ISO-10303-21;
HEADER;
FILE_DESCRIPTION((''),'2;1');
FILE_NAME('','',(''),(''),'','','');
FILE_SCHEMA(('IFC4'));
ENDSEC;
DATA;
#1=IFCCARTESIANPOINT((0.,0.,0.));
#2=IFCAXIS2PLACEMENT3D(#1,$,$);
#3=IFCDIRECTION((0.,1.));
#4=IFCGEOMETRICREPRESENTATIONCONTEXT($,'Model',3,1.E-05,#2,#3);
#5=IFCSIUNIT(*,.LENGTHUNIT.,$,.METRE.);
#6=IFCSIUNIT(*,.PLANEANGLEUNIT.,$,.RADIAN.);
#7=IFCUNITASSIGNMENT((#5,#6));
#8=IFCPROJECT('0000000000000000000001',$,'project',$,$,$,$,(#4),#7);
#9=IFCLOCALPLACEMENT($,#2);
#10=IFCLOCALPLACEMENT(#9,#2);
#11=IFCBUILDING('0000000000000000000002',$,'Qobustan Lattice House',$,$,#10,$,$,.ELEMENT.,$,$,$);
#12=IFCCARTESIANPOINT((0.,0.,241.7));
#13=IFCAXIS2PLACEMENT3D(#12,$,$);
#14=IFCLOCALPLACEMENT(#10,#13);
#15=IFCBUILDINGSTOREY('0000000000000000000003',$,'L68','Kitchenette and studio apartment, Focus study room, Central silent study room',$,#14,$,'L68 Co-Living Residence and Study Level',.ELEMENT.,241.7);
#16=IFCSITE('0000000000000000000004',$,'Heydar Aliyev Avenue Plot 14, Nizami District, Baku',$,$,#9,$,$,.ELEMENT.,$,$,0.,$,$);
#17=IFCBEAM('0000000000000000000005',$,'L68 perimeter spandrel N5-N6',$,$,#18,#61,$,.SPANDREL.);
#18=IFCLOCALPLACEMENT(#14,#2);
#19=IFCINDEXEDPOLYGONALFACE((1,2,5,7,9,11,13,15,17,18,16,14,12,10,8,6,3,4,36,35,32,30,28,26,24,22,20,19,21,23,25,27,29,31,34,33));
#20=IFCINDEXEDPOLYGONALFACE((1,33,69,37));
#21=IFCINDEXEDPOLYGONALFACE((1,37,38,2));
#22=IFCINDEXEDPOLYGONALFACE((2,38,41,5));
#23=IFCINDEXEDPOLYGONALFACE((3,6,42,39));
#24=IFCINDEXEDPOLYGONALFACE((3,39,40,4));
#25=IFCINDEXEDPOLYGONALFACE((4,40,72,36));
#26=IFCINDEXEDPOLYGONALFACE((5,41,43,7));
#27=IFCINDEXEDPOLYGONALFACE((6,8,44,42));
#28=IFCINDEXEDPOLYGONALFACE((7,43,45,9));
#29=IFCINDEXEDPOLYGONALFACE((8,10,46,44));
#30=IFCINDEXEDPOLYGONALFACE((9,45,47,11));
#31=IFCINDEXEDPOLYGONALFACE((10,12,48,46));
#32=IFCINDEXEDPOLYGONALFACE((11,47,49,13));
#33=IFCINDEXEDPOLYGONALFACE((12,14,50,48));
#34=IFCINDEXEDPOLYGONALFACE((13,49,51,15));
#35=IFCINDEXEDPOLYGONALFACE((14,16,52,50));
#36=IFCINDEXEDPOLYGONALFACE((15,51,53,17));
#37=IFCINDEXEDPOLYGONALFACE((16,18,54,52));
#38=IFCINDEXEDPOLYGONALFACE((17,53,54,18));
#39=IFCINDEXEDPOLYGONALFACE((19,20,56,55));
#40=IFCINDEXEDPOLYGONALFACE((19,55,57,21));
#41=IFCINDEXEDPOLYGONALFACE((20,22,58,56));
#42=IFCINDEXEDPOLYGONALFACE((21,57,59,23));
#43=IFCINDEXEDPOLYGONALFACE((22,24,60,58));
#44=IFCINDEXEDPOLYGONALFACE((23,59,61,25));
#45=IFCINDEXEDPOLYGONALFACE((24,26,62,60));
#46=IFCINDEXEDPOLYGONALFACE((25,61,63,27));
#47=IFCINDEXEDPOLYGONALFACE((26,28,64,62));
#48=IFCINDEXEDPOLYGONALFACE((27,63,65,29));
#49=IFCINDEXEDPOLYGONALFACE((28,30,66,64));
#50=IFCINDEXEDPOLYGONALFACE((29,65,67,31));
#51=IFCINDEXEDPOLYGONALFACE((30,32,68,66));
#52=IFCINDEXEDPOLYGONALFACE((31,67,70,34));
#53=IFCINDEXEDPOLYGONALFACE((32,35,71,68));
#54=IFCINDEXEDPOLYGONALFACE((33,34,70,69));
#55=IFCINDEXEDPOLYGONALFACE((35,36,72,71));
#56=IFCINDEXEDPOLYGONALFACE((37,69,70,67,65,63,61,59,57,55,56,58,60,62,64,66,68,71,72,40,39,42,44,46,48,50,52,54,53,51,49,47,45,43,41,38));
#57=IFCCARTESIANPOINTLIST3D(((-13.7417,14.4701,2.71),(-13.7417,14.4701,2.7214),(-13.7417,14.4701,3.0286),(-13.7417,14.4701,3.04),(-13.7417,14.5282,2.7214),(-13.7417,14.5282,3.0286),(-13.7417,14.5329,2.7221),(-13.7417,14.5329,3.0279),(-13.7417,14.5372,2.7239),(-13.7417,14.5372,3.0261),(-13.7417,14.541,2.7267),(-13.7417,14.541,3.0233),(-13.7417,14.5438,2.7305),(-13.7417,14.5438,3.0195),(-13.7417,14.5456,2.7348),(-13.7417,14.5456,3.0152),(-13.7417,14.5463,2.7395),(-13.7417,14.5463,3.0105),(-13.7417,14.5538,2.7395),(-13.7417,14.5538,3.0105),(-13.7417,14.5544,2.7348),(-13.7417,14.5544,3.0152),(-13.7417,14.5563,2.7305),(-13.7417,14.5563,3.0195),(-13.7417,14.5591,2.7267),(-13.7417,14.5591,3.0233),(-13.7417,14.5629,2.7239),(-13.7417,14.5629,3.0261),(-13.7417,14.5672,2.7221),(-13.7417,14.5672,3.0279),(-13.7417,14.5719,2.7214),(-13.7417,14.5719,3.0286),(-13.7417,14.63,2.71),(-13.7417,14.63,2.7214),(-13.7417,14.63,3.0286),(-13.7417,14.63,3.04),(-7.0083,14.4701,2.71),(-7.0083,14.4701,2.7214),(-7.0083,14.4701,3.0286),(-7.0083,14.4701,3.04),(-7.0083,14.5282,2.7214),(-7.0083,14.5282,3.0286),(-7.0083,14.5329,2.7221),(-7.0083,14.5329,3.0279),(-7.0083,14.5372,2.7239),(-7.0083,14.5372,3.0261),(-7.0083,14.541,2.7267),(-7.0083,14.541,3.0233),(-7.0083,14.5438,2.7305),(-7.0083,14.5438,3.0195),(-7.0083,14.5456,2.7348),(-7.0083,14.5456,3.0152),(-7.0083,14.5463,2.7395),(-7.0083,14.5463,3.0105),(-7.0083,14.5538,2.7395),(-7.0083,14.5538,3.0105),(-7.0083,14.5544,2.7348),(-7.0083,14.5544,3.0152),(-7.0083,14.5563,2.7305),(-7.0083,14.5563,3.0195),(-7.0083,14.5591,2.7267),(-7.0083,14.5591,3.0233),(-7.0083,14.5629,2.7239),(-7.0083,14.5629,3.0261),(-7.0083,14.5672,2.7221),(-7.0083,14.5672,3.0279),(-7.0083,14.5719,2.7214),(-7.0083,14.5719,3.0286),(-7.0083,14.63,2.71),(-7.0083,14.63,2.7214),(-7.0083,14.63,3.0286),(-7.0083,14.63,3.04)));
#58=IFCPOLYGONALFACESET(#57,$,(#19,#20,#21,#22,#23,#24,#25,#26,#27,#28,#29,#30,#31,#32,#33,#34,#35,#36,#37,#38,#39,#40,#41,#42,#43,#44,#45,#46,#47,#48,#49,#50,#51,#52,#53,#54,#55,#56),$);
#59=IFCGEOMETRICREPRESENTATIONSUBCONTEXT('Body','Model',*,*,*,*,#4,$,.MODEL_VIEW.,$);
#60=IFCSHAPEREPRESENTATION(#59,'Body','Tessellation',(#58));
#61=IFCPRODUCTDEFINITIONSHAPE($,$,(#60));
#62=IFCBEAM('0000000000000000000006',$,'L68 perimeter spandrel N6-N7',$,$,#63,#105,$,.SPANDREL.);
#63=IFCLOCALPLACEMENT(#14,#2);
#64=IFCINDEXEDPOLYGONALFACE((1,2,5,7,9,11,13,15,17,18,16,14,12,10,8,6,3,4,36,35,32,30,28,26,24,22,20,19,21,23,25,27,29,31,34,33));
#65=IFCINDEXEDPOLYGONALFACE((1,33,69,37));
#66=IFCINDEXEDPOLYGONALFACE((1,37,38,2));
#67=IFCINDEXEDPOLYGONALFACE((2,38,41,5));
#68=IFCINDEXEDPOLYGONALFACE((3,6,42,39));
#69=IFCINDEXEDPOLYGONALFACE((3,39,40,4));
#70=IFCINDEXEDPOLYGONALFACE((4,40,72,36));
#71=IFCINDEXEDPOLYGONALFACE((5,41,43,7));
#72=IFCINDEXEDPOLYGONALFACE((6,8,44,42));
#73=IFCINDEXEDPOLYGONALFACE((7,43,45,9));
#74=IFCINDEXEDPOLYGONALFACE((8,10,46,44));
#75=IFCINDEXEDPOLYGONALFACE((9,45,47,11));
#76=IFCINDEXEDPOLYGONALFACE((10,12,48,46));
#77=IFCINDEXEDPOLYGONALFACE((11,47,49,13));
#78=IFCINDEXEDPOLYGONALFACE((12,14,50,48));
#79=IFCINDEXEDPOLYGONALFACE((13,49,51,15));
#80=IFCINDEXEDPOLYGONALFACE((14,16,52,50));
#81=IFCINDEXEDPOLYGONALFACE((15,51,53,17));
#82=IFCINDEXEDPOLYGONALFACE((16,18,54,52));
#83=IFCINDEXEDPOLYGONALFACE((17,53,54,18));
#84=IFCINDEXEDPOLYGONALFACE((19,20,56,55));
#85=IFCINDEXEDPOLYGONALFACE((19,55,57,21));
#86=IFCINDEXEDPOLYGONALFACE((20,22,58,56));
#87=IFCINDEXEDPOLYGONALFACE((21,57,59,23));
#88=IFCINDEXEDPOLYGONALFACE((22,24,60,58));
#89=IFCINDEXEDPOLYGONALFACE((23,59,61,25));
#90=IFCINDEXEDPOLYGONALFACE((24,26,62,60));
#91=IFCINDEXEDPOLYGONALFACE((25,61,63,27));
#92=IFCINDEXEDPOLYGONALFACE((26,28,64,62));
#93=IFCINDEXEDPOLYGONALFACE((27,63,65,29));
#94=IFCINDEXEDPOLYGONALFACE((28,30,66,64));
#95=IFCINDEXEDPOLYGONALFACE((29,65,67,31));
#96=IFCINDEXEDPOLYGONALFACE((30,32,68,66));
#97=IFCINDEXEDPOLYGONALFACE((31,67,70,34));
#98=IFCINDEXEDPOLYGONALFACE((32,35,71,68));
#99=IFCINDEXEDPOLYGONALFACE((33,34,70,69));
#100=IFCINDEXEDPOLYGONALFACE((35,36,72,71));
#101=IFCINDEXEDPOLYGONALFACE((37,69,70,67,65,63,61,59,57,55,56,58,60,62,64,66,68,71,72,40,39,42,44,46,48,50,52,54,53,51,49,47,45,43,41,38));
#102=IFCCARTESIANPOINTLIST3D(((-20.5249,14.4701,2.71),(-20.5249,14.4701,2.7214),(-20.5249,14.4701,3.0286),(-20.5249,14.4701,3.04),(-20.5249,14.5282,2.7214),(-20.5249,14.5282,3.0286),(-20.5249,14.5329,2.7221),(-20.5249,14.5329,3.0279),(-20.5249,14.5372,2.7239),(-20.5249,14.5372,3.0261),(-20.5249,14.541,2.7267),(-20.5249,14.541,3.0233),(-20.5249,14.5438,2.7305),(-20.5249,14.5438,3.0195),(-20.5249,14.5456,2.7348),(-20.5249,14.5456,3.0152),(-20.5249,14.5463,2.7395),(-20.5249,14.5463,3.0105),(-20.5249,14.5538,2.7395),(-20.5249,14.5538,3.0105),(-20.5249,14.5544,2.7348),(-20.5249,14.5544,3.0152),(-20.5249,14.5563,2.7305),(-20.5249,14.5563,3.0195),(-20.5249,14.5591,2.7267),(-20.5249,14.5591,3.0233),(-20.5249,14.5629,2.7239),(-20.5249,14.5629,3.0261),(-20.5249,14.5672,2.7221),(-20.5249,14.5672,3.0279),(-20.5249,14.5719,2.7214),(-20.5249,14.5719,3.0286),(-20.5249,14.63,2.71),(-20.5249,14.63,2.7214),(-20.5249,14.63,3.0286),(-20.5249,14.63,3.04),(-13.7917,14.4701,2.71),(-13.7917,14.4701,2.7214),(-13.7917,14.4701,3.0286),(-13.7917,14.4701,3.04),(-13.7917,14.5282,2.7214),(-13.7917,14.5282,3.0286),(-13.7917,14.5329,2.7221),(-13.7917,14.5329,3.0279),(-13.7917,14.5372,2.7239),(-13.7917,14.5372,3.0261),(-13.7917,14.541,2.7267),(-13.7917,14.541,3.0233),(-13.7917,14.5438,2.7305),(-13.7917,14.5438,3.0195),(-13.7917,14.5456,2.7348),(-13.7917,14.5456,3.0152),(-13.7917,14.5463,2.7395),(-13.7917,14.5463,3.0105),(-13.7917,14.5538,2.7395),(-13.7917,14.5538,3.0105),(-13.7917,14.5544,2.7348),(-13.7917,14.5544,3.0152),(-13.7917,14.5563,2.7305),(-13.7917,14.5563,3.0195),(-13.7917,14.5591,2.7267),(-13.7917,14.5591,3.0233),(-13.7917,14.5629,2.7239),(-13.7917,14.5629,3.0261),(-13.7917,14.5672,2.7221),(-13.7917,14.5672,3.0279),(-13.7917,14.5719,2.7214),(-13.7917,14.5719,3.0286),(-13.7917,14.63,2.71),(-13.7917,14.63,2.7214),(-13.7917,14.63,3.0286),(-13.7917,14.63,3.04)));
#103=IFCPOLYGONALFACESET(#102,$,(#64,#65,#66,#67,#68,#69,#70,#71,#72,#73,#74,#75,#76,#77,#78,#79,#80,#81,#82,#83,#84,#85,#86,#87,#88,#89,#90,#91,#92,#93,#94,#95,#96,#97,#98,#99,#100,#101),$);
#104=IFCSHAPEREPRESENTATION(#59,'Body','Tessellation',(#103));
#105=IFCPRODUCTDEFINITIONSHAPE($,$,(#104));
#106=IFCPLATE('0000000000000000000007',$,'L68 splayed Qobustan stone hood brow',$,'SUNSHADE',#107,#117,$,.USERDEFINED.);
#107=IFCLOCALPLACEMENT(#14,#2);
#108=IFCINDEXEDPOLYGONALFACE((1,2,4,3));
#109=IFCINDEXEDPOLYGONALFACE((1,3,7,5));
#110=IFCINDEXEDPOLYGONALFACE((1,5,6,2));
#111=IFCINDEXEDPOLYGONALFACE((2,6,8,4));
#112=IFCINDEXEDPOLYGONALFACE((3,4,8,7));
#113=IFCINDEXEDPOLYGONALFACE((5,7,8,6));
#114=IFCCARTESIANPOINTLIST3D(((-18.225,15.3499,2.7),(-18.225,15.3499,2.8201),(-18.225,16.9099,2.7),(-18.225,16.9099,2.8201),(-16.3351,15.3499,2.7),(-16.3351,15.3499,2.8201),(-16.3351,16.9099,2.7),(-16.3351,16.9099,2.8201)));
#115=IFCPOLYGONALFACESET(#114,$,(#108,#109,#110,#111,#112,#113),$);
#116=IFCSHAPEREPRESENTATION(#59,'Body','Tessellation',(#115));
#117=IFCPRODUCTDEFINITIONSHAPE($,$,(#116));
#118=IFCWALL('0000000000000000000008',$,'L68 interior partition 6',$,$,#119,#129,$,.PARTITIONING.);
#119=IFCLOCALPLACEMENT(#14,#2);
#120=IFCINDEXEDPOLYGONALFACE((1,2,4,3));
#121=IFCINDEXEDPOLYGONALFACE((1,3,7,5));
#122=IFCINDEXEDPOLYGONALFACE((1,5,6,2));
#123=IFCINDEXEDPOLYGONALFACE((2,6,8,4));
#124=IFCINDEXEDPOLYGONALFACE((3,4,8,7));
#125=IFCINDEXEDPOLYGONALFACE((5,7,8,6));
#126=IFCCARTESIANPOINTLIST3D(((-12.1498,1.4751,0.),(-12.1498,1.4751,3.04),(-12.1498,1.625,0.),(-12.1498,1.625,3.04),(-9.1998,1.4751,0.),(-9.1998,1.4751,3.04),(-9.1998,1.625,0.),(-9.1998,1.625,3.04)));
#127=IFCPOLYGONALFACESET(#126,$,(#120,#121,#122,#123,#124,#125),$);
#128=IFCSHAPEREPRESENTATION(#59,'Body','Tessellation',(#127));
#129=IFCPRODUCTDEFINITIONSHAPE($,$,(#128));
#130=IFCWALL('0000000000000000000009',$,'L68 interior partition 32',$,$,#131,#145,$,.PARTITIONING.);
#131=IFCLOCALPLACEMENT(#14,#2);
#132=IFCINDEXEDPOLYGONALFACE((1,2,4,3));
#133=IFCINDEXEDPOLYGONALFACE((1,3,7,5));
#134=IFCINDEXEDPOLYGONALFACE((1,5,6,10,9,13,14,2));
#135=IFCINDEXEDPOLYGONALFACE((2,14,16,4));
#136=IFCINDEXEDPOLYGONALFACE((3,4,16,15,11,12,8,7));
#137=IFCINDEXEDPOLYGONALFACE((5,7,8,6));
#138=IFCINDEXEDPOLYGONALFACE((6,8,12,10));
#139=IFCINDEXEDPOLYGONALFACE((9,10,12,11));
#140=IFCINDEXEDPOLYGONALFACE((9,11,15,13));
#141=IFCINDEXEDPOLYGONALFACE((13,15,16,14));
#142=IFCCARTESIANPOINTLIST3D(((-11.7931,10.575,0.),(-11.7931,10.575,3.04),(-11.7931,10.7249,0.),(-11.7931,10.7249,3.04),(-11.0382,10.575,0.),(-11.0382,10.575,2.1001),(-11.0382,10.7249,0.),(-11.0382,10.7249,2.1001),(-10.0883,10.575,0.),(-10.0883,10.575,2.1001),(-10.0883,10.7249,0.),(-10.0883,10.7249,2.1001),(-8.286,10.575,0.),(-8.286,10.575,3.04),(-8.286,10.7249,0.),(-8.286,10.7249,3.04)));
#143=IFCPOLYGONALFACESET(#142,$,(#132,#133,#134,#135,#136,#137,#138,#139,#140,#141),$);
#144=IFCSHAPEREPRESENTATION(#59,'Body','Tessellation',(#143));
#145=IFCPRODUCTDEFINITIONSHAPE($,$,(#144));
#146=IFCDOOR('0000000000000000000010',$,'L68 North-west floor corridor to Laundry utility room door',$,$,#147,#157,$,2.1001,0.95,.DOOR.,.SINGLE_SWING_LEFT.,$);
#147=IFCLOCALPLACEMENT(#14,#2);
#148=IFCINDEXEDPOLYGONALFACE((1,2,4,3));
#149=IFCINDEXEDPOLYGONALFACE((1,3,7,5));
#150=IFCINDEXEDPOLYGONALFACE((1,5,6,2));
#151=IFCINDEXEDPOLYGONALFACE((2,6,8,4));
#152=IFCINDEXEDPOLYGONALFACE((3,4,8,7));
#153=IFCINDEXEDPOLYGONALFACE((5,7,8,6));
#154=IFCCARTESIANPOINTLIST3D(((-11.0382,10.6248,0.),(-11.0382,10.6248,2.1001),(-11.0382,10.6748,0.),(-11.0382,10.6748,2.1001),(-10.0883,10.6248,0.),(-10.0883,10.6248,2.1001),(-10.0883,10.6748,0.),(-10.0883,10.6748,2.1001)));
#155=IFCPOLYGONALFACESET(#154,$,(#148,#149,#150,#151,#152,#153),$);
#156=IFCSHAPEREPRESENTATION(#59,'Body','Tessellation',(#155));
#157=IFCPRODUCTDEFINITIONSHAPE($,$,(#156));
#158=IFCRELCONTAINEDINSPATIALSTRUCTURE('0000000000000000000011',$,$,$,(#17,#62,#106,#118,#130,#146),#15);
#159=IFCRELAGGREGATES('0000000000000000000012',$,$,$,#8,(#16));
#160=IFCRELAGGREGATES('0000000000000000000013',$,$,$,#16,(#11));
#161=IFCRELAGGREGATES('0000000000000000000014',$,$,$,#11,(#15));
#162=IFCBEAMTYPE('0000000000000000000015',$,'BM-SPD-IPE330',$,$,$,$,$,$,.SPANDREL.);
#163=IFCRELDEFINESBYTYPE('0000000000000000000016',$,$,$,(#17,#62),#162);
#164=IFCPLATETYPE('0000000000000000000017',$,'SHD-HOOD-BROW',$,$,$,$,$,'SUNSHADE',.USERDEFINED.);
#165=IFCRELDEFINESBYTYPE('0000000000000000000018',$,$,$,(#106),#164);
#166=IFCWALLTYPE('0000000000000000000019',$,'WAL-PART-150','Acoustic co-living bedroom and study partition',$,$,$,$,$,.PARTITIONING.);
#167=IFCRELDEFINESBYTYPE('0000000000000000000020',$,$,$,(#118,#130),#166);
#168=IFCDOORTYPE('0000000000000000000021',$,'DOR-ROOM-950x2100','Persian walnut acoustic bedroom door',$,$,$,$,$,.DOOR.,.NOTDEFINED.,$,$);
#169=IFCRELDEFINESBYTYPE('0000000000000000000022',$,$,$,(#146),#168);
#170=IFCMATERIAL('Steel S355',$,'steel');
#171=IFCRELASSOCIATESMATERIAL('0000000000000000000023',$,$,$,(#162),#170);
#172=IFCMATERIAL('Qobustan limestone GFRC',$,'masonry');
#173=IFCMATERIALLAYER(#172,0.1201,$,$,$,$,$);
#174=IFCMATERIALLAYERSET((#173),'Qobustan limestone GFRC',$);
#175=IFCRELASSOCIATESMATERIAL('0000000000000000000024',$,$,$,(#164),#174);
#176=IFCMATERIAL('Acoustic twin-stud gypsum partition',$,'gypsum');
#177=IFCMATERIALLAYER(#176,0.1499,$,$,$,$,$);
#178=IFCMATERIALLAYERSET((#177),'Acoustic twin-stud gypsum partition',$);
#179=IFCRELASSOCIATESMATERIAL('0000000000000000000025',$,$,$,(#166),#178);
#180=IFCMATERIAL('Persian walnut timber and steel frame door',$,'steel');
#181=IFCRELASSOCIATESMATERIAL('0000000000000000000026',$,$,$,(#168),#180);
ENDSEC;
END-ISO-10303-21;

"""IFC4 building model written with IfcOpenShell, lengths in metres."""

from ifc_helpers import new_model, si_unit, direction, frame, frame_2d, origin, origin_2d, place, context, subcontext, project, spatial, rectangle, i_section, extrude, material, layer, layer_set, material_profile, profile_set, type_object, element, fill, save


model = new_model("IFC4")

# Units and contexts
model_context = context("Model", 3, precision=1e-05, world=origin(), true_north=direction((0.0, 1.0)))
body_context = subcontext(model_context, "Body", "Model", "MODEL_VIEW")
ifc_project = project(units=[si_unit("LENGTHUNIT", "METRE"), si_unit("PLANEANGLEUNIT", "RADIAN")], contexts=[model_context])

# Site, building, storey
site_placement = place(None, origin())
site = spatial("IfcSite", under=ifc_project, at=site_placement, Name="Heydar Aliyev Avenue Plot 14, Nizami District, Baku", CompositionType="ELEMENT", RefElevation=0.0)
building_placement = place(site_placement, origin())
building = spatial("IfcBuilding", under=site, at=building_placement, Name="Qobustan Lattice House", CompositionType="ELEMENT")
storey_placement = place(building_placement, frame((0.0, 0.0, 241.7)))
storey = spatial("IfcBuildingStorey", under=building, at=storey_placement, Name="L68", Description="Kitchenette and studio apartment, Focus study room, Central silent study room", LongName="L68 Co-Living Residence and Study Level", CompositionType="ELEMENT", Elevation=241.7)

# Beams
ifc_material_1 = material(Name="Steel S355", Category="steel")
ifc_material_profile_1 = material_profile(ifc_material_1, i_section(OverallWidth=0.1599, OverallDepth=0.3301, WebThickness=0.0076, FlangeThickness=0.0115, FilletRadius=0.0181, at=origin_2d()), Name="IPE330")
ifc_profile_set_1 = profile_set([ifc_material_profile_1], Name="Steel S355")
beam_type_1 = type_object("IfcBeamType", Name="BM-SPD-IPE330", PredefinedType="SPANDREL", material=ifc_profile_set_1)
beam_1_placement = place(storey_placement, frame((-7.0083, 14.55, 2.875), z_axis=(-1.0, 0.0, 0.0), x_axis=(0.0, -1.0, 0.0)))
element("IfcBeam", 1, at=beam_1_placement, inside=storey, type_object=beam_type_1, Name="L68 perimeter spandrel N5-N6", PredefinedType="SPANDREL", context=body_context, shape_type="SweptSolid", body=[
    extrude(i_section(OverallWidth=0.1599, OverallDepth=0.3301, WebThickness=0.0076, FlangeThickness=0.0115, FilletRadius=0.0181, at=origin_2d()), origin(), (0.0, 0.0, 1.0), 6.7334),
])
beam_2_placement = place(storey_placement, frame((-13.7917, 14.55, 2.875), z_axis=(-1.0, 0.0, 0.0), x_axis=(0.0, -1.0, 0.0)))
element("IfcBeam", 2, at=beam_2_placement, inside=storey, type_object=beam_type_1, Name="L68 perimeter spandrel N6-N7", PredefinedType="SPANDREL", context=body_context, shape_type="SweptSolid", body=[
    extrude(i_section(OverallWidth=0.1599, OverallDepth=0.3301, WebThickness=0.0076, FlangeThickness=0.0115, FilletRadius=0.0181, at=origin_2d()), origin(), (0.0, 0.0, 1.0), 6.7332),
])

# Plate
ifc_material_2 = material(Name="Qobustan limestone GFRC", Category="masonry")
ifc_layer_1 = layer(ifc_material_2, 0.1201)
ifc_layer_set_1 = layer_set([ifc_layer_1], Name="Qobustan limestone GFRC")
plate_type = type_object("IfcPlateType", Name="SHD-HOOD-BROW", ElementType="SUNSHADE", PredefinedType="USERDEFINED", material=ifc_layer_set_1)
plate_placement = place(storey_placement, frame((-17.28, 16.1299, 2.7), z_axis=(0.0, 0.0, 1.0), x_axis=(1.0, 0.0, 0.0)))
element("IfcPlate", 3, at=plate_placement, inside=storey, type_object=plate_type, Name="L68 splayed Qobustan stone hood brow", ObjectType="SUNSHADE", PredefinedType="USERDEFINED", context=body_context, shape_type="SweptSolid", body=[
    extrude(rectangle(XDim=1.8899, YDim=1.5601, at=origin_2d()), origin(), (0.0, 0.0, 1.0), 0.1201),
])

# Wall
ifc_material_3 = material(Name="Acoustic twin-stud gypsum partition", Category="gypsum")
ifc_layer_2 = layer(ifc_material_3, 0.1499)
ifc_layer_set_2 = layer_set([ifc_layer_2], Name="Acoustic twin-stud gypsum partition")
wall_type_1 = type_object("IfcWallType", Name="WAL-PART-150", Description="Acoustic co-living bedroom and study partition", PredefinedType="PARTITIONING", material=ifc_layer_set_2)
wall_1_placement = place(storey_placement, frame((-12.1499, 1.55, 0.0), z_axis=(0.0, 0.0, 1.0), x_axis=(1.0, 0.0, 0.0)))
element("IfcWall", 4, at=wall_1_placement, inside=storey, type_object=wall_type_1, Name="L68 interior partition 6", PredefinedType="PARTITIONING", context=body_context, shape_type="SweptSolid", body=[
    extrude(rectangle(XDim=2.95, YDim=0.1499, at=frame_2d((1.4751, 0.0))), origin(), (0.0, 0.0, 1.0), 3.04),
])

# Wall, opening, door
wall_2_placement = place(storey_placement, frame((-11.793, 10.6499, 0.0), z_axis=(0.0, 0.0, 1.0), x_axis=(1.0, 0.0, 0.0)))
wall_2 = element("IfcWall", 5, at=wall_2_placement, inside=storey, type_object=wall_type_1, Name="L68 interior partition 32", PredefinedType="PARTITIONING", context=body_context, shape_type="SweptSolid", body=[
    extrude(rectangle(XDim=3.5071, YDim=0.1499, at=frame_2d((1.7534, 0.0))), origin(), (0.0, 0.0, 1.0), 3.04),
])
opening_1_placement = place(wall_2_placement, frame((0.7546, 0.0, 0.0)))
opening_1 = element("IfcOpeningElement", 6, at=opening_1_placement, cuts=wall_2, PredefinedType="OPENING", context=body_context, shape_type="SweptSolid", body=[
    extrude(rectangle(XDim=0.95, YDim=2.1001, at=frame_2d((0.4751, 1.05))), frame((0.0, 0.085, 0.0), z_axis=(0.0, -1.0, 0.0), x_axis=(1.0, 0.0, 0.0)), (0.0, 0.0, 1.0), 0.1699),
])
ifc_material_4 = material(Name="Persian walnut timber and steel frame door", Category="steel")
door_type_1 = type_object("IfcDoorType", Name="DOR-ROOM-950x2100", Description="Persian walnut acoustic bedroom door", OperationType="NOTDEFINED", PredefinedType="DOOR", material=ifc_material_4)
door_1_placement = place(opening_1_placement, origin())
door_1 = element("IfcDoor", 7, at=door_1_placement, inside=storey, type_object=door_type_1, Name="L68 North-west floor corridor to Laundry utility room door", OperationType="SINGLE_SWING_LEFT", OverallHeight=2.1001, OverallWidth=0.95, PredefinedType="DOOR", context=body_context, shape_type="SweptSolid", body=[
    extrude(rectangle(XDim=0.95, YDim=2.1001, at=frame_2d((0.4751, 1.05))), frame((0.0, 0.0249, 0.0), z_axis=(0.0, -1.0, 0.0), x_axis=(1.0, 0.0, 0.0)), (0.0, 0.0, 1.0), 0.05),
])
fill(opening_1, door_1)

save(model, "model.ifc")
